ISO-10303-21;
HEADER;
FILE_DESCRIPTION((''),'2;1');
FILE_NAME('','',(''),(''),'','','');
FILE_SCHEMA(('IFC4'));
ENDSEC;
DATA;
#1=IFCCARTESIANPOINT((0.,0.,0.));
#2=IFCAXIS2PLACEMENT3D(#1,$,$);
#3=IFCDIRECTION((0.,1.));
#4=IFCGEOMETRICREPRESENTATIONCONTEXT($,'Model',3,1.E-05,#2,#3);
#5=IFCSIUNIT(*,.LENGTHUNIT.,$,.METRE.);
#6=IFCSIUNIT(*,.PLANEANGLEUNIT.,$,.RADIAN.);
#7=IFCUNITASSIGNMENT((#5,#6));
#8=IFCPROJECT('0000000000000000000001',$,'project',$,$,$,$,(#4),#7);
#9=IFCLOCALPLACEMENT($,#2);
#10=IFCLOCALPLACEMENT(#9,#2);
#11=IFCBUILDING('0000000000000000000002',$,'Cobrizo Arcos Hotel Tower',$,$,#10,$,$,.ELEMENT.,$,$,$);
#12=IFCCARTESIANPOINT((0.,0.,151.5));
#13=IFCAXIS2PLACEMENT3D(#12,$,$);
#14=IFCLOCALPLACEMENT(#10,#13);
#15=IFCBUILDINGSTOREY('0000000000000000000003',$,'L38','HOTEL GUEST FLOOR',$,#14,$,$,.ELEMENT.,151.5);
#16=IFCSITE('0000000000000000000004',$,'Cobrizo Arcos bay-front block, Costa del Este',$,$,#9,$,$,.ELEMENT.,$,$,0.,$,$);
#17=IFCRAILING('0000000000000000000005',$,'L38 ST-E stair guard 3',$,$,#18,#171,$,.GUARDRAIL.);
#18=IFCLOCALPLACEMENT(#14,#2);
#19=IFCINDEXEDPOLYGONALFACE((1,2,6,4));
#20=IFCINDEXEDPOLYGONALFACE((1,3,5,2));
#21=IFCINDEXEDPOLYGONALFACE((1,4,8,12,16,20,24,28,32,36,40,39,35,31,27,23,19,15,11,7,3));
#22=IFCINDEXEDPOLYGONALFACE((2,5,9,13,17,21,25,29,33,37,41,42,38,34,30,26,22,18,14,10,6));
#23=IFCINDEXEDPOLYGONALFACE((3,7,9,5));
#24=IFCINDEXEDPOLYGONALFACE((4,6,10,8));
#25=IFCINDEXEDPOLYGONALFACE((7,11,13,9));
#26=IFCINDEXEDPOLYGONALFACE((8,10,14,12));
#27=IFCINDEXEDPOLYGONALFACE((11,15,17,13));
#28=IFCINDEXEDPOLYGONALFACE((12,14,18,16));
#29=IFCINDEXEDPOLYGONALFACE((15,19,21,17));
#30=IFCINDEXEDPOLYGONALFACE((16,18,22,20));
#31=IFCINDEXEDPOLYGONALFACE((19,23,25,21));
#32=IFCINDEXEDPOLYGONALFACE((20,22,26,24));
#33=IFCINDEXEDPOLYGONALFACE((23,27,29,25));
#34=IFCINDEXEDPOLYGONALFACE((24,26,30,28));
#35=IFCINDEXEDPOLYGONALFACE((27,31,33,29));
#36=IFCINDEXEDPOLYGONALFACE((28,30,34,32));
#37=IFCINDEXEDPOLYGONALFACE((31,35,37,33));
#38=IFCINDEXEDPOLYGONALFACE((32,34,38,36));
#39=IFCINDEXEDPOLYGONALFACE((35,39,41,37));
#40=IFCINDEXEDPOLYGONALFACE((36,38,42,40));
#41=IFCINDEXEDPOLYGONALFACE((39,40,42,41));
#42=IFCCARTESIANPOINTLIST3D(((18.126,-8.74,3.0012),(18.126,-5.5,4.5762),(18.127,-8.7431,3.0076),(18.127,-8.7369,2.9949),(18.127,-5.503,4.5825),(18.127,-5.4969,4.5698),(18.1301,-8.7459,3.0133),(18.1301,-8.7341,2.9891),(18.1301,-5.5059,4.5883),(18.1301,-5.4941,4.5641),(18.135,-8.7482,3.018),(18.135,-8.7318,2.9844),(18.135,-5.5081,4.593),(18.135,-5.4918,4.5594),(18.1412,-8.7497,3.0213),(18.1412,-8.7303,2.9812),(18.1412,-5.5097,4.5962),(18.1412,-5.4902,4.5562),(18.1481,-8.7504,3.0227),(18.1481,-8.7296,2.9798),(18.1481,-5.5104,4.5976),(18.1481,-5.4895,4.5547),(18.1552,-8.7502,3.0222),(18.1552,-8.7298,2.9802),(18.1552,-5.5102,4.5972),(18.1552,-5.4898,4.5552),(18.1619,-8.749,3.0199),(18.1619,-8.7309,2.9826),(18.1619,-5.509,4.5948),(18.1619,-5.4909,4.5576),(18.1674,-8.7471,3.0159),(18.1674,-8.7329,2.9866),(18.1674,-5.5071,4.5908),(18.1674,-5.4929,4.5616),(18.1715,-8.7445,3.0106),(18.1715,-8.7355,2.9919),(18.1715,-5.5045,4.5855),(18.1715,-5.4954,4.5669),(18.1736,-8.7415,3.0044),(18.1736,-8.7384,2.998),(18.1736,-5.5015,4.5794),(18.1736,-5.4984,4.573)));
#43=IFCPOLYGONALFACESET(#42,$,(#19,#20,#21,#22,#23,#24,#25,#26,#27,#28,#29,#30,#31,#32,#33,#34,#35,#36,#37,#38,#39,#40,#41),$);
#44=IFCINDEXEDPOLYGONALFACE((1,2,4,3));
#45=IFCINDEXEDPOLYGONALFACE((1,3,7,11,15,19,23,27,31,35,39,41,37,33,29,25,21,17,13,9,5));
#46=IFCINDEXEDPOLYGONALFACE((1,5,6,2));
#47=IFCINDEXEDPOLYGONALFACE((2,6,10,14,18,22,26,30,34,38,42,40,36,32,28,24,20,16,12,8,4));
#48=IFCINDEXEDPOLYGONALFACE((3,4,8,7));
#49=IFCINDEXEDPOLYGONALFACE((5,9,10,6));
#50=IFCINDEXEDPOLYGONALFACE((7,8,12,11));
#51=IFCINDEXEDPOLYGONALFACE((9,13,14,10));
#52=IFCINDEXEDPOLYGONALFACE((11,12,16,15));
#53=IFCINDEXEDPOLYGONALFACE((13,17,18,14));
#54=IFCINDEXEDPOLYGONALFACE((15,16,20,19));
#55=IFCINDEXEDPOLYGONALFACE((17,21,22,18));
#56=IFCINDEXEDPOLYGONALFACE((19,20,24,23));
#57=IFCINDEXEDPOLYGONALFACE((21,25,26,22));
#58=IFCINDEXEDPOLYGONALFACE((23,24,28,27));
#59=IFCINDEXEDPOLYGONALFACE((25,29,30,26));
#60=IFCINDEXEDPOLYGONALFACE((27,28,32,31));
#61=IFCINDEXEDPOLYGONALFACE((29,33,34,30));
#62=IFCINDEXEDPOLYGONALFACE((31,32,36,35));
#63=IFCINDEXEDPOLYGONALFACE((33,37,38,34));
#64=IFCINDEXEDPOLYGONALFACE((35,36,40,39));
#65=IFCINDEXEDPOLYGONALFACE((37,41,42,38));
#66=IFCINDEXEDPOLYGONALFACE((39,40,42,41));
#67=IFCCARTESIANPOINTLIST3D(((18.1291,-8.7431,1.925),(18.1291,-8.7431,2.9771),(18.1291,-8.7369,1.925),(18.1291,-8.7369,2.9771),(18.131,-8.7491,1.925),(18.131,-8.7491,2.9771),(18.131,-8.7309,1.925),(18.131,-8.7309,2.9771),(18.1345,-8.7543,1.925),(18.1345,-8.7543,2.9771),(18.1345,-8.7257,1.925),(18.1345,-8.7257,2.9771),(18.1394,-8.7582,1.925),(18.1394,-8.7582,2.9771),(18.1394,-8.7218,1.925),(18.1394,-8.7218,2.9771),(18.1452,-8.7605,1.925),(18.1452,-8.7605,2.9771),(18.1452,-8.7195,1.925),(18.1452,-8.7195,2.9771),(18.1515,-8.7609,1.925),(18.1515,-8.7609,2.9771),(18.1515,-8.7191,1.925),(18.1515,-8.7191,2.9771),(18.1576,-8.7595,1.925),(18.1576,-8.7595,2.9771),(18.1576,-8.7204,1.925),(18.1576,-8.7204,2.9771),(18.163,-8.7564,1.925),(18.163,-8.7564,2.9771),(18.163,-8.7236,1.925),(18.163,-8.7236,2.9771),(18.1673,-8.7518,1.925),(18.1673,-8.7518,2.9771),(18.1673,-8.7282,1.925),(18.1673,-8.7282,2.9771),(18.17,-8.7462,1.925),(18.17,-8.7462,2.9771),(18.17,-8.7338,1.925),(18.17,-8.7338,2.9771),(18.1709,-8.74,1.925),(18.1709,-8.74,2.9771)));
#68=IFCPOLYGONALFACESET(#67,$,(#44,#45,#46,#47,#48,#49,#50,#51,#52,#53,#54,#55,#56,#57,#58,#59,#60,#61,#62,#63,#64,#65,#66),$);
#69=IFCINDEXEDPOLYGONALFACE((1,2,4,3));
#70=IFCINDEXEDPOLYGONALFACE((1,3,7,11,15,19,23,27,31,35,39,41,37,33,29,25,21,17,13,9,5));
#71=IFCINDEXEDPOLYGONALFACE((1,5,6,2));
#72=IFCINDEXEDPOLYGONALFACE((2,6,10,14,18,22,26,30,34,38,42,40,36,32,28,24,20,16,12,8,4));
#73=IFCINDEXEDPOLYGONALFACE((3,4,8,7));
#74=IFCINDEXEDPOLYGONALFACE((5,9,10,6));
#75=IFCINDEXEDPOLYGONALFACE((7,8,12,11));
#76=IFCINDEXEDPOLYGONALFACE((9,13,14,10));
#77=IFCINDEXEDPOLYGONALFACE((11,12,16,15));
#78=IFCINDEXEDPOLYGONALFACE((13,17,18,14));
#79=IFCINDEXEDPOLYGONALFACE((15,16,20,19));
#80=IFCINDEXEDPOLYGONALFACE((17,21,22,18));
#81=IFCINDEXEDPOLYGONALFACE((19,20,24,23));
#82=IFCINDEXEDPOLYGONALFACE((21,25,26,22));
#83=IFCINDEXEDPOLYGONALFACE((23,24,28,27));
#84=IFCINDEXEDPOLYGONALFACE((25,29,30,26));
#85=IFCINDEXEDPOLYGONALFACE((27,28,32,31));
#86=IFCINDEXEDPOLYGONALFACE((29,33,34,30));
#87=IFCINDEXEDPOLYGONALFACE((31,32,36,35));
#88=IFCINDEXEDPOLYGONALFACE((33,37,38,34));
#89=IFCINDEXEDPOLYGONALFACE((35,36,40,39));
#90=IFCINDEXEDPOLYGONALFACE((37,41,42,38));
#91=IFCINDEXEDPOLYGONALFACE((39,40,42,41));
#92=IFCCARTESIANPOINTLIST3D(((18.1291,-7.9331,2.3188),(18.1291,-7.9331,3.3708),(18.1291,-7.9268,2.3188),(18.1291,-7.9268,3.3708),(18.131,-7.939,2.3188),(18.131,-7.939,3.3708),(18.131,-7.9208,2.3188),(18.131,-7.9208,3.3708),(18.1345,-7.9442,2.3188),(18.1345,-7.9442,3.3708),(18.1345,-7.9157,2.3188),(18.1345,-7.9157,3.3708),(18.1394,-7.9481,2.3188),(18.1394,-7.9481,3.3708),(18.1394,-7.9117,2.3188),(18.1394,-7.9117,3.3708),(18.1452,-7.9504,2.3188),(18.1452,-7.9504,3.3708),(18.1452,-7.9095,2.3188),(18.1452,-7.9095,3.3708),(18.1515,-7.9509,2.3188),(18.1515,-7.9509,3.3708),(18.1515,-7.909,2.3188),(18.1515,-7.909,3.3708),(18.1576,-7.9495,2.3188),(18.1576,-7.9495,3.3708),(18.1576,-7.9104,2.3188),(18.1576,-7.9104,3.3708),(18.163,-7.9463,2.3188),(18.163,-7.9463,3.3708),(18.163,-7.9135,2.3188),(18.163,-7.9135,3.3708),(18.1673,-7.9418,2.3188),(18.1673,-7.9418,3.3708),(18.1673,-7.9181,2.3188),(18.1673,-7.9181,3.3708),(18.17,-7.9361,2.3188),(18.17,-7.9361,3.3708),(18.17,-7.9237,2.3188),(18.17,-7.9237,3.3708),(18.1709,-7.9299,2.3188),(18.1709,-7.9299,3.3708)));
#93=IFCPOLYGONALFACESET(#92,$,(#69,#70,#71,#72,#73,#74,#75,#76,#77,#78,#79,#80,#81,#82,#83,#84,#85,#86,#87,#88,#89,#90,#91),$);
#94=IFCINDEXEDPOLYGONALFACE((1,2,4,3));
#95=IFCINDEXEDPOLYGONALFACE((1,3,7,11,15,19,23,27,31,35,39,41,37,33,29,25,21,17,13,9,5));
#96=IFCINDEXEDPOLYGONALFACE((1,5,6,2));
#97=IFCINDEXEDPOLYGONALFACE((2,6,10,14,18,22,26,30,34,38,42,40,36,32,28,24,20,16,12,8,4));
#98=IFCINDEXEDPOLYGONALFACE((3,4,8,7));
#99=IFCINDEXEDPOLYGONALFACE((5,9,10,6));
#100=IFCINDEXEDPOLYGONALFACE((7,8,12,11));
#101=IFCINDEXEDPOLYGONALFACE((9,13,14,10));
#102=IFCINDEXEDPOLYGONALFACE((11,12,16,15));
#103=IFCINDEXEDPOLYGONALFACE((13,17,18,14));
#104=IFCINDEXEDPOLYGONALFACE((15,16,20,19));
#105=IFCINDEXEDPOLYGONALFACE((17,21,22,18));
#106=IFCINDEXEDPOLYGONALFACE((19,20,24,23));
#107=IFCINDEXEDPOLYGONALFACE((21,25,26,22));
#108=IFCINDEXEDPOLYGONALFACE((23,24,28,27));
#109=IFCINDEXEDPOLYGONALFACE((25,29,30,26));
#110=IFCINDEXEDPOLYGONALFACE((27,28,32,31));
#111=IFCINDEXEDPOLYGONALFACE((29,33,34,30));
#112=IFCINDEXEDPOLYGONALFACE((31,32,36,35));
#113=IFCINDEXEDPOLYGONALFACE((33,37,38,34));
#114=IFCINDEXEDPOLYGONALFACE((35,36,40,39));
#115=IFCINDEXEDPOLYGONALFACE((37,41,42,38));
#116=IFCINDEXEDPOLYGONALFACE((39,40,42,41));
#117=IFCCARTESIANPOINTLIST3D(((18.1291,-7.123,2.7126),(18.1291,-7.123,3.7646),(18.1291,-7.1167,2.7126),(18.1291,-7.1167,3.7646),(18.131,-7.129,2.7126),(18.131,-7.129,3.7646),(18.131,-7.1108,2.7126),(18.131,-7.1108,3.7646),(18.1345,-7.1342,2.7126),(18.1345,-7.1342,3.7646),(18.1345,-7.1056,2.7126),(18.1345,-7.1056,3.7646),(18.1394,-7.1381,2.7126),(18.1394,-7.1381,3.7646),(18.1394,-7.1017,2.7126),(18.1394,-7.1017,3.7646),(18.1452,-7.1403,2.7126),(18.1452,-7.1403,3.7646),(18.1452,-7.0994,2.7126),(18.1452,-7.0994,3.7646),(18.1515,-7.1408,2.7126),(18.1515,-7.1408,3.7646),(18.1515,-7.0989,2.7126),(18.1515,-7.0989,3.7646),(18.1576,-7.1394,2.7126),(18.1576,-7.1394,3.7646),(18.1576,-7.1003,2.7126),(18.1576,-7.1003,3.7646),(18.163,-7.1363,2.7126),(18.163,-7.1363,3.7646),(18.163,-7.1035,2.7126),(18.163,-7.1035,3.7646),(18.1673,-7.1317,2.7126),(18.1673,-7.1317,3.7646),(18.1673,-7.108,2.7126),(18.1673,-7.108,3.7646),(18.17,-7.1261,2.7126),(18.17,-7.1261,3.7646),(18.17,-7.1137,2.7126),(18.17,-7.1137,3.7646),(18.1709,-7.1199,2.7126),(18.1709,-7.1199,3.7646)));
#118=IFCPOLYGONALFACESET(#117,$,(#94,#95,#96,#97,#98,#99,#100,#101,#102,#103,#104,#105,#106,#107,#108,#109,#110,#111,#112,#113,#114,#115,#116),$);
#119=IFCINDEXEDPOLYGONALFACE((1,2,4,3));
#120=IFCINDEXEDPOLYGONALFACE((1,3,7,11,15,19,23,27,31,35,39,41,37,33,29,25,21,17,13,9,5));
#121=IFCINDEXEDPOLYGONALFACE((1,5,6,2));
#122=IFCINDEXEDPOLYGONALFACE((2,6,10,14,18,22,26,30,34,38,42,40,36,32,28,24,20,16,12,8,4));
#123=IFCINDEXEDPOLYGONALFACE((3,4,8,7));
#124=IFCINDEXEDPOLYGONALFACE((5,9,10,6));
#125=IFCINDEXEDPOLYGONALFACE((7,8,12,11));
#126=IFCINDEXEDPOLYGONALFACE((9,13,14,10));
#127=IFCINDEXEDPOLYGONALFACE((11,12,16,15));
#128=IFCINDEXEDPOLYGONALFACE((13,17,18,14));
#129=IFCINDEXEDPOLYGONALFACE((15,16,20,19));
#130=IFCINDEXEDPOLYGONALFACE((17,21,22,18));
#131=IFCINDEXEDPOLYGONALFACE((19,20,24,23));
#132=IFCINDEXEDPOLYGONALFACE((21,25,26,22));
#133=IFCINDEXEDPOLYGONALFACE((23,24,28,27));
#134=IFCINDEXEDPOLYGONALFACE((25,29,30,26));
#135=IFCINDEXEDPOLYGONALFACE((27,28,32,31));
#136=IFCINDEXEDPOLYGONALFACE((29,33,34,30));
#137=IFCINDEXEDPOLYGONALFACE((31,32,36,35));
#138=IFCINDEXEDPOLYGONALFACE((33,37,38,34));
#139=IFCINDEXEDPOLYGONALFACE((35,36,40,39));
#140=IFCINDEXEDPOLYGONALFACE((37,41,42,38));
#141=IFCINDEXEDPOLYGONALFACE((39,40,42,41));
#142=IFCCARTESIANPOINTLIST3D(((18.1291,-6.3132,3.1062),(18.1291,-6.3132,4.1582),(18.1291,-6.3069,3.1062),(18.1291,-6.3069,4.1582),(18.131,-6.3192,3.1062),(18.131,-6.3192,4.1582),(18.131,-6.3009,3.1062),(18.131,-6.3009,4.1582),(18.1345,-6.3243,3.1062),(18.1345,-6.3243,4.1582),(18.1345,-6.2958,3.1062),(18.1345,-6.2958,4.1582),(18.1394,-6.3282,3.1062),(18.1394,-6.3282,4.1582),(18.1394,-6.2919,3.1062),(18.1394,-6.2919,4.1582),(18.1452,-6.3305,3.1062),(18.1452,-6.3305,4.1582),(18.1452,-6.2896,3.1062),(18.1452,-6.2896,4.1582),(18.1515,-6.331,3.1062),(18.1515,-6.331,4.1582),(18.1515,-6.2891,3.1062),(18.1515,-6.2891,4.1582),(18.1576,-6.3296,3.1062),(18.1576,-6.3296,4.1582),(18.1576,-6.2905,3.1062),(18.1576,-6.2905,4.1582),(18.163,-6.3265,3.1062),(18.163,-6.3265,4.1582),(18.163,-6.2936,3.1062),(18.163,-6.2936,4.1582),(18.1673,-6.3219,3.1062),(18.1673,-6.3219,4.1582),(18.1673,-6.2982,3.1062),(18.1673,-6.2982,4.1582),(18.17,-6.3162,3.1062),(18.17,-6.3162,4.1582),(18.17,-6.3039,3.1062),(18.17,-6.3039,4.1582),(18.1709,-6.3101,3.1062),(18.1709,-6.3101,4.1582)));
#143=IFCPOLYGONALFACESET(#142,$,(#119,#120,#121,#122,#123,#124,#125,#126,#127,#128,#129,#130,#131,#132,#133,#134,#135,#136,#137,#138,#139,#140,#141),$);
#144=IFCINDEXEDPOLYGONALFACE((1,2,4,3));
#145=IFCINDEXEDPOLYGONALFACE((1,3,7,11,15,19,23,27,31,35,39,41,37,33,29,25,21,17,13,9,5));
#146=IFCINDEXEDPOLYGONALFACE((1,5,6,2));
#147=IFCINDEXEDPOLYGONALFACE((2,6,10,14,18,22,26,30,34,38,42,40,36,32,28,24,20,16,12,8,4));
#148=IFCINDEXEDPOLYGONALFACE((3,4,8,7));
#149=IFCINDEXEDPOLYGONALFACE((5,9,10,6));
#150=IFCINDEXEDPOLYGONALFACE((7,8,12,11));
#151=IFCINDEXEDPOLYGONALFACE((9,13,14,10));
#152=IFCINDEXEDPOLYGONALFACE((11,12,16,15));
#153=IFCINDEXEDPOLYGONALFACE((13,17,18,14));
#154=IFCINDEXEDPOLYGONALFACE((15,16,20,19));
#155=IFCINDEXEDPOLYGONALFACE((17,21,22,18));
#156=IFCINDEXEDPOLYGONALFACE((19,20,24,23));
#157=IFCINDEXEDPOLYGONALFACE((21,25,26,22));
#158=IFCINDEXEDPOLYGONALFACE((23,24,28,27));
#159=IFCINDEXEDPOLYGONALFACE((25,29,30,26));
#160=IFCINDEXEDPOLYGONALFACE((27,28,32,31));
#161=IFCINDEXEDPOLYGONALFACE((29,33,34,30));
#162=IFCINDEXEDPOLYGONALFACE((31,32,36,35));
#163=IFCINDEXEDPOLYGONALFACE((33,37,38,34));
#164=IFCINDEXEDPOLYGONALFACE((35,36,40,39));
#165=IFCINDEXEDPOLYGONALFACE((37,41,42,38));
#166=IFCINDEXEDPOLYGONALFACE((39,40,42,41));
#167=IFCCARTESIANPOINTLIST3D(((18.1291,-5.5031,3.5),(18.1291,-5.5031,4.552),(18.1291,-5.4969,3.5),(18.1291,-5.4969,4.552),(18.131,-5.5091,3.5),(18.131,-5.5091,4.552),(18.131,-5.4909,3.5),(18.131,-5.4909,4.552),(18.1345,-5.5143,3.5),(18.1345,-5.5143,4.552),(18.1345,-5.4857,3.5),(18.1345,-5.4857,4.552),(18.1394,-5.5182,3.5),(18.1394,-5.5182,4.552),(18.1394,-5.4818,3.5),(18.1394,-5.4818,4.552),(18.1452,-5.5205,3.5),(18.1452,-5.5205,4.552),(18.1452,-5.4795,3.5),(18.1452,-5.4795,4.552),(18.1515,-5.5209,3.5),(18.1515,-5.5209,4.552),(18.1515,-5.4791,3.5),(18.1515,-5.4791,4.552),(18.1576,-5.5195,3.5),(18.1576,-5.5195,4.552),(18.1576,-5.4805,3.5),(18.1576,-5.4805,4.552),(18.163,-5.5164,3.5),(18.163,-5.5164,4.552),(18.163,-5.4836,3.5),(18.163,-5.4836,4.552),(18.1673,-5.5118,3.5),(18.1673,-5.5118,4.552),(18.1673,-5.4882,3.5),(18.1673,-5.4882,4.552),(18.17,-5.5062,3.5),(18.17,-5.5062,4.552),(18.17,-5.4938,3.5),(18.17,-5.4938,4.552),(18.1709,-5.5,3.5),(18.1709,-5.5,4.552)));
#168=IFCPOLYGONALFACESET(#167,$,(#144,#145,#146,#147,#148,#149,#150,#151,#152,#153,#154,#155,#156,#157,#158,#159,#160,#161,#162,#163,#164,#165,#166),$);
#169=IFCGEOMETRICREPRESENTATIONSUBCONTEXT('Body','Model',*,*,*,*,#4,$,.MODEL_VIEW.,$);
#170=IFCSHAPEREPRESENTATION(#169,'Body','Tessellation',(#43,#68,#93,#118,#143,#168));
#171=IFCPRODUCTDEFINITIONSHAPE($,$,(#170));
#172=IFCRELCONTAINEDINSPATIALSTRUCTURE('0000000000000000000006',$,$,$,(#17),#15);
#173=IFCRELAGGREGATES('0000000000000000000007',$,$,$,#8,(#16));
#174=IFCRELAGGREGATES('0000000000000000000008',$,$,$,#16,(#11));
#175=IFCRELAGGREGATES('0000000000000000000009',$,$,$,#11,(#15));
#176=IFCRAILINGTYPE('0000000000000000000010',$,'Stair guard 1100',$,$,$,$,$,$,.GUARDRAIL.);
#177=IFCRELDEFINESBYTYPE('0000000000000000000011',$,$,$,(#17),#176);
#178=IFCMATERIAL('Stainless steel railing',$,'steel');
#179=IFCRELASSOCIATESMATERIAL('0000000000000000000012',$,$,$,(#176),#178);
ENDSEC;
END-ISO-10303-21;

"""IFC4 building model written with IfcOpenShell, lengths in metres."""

from ifc_helpers import new_model, si_unit, direction, frame, origin, origin_2d, place, context, subcontext, project, spatial, circle, extrude, material, type_object, element, save


model = new_model("IFC4")

# Units and contexts
model_context = context("Model", 3, precision=1e-05, world=origin(), true_north=direction((0.0, 1.0)))
body_context = subcontext(model_context, "Body", "Model", "MODEL_VIEW")
ifc_project = project(units=[si_unit("LENGTHUNIT", "METRE"), si_unit("PLANEANGLEUNIT", "RADIAN")], contexts=[model_context])

# Site, building, storey
site_placement = place(None, origin())
site = spatial("IfcSite", under=ifc_project, at=site_placement, Name="Cobrizo Arcos bay-front block, Costa del Este", CompositionType="ELEMENT", RefElevation=0.0)
building_placement = place(site_placement, origin())
building = spatial("IfcBuilding", under=site, at=building_placement, Name="Cobrizo Arcos Hotel Tower", CompositionType="ELEMENT")
storey_placement = place(building_placement, frame((0.0, 0.0, 151.5)))
storey = spatial("IfcBuildingStorey", under=building, at=storey_placement, Name="L38", Description="HOTEL GUEST FLOOR", CompositionType="ELEMENT", Elevation=151.5)

# Railing
ifc_material_1 = material(Name="Stainless steel railing", Category="steel")
railing_type_1 = type_object("IfcRailingType", Name="Stair guard 1100", PredefinedType="GUARDRAIL", material=ifc_material_1)
railing_1_placement = place(storey_placement, frame((18.1499, -8.74, 1.925)))
element("IfcRailing", 1, at=railing_1_placement, inside=storey, type_object=railing_type_1, Name="L38 ST-E stair guard 3", PredefinedType="GUARDRAIL", context=body_context, shape_type="SweptSolid", body=[
    extrude(circle(Radius=0.0239, at=origin_2d()), frame((0.0, 0.0, 1.0762), z_axis=(0.0, 0.899373, 0.437183), x_axis=(-1.0, 0.0, 0.0)), (0.0, 0.0, 1.0), 3.6025),
    extrude(circle(Radius=0.021, at=origin_2d()), origin(), (0.0, 0.0, 1.0), 1.052),
    extrude(circle(Radius=0.021, at=origin_2d()), frame((0.0, 0.8101, 0.3938)), (0.0, 0.0, 1.0), 1.052),
    extrude(circle(Radius=0.021, at=origin_2d()), frame((0.0, 1.6201, 0.7876)), (0.0, 0.0, 1.0), 1.052),
    extrude(circle(Radius=0.021, at=origin_2d()), frame((0.0, 2.4299, 1.1812)), (0.0, 0.0, 1.0), 1.052),
    extrude(circle(Radius=0.021, at=origin_2d()), frame((0.0, 3.24, 1.575)), (0.0, 0.0, 1.0), 1.052),
])

save(model, "model.ifc")
